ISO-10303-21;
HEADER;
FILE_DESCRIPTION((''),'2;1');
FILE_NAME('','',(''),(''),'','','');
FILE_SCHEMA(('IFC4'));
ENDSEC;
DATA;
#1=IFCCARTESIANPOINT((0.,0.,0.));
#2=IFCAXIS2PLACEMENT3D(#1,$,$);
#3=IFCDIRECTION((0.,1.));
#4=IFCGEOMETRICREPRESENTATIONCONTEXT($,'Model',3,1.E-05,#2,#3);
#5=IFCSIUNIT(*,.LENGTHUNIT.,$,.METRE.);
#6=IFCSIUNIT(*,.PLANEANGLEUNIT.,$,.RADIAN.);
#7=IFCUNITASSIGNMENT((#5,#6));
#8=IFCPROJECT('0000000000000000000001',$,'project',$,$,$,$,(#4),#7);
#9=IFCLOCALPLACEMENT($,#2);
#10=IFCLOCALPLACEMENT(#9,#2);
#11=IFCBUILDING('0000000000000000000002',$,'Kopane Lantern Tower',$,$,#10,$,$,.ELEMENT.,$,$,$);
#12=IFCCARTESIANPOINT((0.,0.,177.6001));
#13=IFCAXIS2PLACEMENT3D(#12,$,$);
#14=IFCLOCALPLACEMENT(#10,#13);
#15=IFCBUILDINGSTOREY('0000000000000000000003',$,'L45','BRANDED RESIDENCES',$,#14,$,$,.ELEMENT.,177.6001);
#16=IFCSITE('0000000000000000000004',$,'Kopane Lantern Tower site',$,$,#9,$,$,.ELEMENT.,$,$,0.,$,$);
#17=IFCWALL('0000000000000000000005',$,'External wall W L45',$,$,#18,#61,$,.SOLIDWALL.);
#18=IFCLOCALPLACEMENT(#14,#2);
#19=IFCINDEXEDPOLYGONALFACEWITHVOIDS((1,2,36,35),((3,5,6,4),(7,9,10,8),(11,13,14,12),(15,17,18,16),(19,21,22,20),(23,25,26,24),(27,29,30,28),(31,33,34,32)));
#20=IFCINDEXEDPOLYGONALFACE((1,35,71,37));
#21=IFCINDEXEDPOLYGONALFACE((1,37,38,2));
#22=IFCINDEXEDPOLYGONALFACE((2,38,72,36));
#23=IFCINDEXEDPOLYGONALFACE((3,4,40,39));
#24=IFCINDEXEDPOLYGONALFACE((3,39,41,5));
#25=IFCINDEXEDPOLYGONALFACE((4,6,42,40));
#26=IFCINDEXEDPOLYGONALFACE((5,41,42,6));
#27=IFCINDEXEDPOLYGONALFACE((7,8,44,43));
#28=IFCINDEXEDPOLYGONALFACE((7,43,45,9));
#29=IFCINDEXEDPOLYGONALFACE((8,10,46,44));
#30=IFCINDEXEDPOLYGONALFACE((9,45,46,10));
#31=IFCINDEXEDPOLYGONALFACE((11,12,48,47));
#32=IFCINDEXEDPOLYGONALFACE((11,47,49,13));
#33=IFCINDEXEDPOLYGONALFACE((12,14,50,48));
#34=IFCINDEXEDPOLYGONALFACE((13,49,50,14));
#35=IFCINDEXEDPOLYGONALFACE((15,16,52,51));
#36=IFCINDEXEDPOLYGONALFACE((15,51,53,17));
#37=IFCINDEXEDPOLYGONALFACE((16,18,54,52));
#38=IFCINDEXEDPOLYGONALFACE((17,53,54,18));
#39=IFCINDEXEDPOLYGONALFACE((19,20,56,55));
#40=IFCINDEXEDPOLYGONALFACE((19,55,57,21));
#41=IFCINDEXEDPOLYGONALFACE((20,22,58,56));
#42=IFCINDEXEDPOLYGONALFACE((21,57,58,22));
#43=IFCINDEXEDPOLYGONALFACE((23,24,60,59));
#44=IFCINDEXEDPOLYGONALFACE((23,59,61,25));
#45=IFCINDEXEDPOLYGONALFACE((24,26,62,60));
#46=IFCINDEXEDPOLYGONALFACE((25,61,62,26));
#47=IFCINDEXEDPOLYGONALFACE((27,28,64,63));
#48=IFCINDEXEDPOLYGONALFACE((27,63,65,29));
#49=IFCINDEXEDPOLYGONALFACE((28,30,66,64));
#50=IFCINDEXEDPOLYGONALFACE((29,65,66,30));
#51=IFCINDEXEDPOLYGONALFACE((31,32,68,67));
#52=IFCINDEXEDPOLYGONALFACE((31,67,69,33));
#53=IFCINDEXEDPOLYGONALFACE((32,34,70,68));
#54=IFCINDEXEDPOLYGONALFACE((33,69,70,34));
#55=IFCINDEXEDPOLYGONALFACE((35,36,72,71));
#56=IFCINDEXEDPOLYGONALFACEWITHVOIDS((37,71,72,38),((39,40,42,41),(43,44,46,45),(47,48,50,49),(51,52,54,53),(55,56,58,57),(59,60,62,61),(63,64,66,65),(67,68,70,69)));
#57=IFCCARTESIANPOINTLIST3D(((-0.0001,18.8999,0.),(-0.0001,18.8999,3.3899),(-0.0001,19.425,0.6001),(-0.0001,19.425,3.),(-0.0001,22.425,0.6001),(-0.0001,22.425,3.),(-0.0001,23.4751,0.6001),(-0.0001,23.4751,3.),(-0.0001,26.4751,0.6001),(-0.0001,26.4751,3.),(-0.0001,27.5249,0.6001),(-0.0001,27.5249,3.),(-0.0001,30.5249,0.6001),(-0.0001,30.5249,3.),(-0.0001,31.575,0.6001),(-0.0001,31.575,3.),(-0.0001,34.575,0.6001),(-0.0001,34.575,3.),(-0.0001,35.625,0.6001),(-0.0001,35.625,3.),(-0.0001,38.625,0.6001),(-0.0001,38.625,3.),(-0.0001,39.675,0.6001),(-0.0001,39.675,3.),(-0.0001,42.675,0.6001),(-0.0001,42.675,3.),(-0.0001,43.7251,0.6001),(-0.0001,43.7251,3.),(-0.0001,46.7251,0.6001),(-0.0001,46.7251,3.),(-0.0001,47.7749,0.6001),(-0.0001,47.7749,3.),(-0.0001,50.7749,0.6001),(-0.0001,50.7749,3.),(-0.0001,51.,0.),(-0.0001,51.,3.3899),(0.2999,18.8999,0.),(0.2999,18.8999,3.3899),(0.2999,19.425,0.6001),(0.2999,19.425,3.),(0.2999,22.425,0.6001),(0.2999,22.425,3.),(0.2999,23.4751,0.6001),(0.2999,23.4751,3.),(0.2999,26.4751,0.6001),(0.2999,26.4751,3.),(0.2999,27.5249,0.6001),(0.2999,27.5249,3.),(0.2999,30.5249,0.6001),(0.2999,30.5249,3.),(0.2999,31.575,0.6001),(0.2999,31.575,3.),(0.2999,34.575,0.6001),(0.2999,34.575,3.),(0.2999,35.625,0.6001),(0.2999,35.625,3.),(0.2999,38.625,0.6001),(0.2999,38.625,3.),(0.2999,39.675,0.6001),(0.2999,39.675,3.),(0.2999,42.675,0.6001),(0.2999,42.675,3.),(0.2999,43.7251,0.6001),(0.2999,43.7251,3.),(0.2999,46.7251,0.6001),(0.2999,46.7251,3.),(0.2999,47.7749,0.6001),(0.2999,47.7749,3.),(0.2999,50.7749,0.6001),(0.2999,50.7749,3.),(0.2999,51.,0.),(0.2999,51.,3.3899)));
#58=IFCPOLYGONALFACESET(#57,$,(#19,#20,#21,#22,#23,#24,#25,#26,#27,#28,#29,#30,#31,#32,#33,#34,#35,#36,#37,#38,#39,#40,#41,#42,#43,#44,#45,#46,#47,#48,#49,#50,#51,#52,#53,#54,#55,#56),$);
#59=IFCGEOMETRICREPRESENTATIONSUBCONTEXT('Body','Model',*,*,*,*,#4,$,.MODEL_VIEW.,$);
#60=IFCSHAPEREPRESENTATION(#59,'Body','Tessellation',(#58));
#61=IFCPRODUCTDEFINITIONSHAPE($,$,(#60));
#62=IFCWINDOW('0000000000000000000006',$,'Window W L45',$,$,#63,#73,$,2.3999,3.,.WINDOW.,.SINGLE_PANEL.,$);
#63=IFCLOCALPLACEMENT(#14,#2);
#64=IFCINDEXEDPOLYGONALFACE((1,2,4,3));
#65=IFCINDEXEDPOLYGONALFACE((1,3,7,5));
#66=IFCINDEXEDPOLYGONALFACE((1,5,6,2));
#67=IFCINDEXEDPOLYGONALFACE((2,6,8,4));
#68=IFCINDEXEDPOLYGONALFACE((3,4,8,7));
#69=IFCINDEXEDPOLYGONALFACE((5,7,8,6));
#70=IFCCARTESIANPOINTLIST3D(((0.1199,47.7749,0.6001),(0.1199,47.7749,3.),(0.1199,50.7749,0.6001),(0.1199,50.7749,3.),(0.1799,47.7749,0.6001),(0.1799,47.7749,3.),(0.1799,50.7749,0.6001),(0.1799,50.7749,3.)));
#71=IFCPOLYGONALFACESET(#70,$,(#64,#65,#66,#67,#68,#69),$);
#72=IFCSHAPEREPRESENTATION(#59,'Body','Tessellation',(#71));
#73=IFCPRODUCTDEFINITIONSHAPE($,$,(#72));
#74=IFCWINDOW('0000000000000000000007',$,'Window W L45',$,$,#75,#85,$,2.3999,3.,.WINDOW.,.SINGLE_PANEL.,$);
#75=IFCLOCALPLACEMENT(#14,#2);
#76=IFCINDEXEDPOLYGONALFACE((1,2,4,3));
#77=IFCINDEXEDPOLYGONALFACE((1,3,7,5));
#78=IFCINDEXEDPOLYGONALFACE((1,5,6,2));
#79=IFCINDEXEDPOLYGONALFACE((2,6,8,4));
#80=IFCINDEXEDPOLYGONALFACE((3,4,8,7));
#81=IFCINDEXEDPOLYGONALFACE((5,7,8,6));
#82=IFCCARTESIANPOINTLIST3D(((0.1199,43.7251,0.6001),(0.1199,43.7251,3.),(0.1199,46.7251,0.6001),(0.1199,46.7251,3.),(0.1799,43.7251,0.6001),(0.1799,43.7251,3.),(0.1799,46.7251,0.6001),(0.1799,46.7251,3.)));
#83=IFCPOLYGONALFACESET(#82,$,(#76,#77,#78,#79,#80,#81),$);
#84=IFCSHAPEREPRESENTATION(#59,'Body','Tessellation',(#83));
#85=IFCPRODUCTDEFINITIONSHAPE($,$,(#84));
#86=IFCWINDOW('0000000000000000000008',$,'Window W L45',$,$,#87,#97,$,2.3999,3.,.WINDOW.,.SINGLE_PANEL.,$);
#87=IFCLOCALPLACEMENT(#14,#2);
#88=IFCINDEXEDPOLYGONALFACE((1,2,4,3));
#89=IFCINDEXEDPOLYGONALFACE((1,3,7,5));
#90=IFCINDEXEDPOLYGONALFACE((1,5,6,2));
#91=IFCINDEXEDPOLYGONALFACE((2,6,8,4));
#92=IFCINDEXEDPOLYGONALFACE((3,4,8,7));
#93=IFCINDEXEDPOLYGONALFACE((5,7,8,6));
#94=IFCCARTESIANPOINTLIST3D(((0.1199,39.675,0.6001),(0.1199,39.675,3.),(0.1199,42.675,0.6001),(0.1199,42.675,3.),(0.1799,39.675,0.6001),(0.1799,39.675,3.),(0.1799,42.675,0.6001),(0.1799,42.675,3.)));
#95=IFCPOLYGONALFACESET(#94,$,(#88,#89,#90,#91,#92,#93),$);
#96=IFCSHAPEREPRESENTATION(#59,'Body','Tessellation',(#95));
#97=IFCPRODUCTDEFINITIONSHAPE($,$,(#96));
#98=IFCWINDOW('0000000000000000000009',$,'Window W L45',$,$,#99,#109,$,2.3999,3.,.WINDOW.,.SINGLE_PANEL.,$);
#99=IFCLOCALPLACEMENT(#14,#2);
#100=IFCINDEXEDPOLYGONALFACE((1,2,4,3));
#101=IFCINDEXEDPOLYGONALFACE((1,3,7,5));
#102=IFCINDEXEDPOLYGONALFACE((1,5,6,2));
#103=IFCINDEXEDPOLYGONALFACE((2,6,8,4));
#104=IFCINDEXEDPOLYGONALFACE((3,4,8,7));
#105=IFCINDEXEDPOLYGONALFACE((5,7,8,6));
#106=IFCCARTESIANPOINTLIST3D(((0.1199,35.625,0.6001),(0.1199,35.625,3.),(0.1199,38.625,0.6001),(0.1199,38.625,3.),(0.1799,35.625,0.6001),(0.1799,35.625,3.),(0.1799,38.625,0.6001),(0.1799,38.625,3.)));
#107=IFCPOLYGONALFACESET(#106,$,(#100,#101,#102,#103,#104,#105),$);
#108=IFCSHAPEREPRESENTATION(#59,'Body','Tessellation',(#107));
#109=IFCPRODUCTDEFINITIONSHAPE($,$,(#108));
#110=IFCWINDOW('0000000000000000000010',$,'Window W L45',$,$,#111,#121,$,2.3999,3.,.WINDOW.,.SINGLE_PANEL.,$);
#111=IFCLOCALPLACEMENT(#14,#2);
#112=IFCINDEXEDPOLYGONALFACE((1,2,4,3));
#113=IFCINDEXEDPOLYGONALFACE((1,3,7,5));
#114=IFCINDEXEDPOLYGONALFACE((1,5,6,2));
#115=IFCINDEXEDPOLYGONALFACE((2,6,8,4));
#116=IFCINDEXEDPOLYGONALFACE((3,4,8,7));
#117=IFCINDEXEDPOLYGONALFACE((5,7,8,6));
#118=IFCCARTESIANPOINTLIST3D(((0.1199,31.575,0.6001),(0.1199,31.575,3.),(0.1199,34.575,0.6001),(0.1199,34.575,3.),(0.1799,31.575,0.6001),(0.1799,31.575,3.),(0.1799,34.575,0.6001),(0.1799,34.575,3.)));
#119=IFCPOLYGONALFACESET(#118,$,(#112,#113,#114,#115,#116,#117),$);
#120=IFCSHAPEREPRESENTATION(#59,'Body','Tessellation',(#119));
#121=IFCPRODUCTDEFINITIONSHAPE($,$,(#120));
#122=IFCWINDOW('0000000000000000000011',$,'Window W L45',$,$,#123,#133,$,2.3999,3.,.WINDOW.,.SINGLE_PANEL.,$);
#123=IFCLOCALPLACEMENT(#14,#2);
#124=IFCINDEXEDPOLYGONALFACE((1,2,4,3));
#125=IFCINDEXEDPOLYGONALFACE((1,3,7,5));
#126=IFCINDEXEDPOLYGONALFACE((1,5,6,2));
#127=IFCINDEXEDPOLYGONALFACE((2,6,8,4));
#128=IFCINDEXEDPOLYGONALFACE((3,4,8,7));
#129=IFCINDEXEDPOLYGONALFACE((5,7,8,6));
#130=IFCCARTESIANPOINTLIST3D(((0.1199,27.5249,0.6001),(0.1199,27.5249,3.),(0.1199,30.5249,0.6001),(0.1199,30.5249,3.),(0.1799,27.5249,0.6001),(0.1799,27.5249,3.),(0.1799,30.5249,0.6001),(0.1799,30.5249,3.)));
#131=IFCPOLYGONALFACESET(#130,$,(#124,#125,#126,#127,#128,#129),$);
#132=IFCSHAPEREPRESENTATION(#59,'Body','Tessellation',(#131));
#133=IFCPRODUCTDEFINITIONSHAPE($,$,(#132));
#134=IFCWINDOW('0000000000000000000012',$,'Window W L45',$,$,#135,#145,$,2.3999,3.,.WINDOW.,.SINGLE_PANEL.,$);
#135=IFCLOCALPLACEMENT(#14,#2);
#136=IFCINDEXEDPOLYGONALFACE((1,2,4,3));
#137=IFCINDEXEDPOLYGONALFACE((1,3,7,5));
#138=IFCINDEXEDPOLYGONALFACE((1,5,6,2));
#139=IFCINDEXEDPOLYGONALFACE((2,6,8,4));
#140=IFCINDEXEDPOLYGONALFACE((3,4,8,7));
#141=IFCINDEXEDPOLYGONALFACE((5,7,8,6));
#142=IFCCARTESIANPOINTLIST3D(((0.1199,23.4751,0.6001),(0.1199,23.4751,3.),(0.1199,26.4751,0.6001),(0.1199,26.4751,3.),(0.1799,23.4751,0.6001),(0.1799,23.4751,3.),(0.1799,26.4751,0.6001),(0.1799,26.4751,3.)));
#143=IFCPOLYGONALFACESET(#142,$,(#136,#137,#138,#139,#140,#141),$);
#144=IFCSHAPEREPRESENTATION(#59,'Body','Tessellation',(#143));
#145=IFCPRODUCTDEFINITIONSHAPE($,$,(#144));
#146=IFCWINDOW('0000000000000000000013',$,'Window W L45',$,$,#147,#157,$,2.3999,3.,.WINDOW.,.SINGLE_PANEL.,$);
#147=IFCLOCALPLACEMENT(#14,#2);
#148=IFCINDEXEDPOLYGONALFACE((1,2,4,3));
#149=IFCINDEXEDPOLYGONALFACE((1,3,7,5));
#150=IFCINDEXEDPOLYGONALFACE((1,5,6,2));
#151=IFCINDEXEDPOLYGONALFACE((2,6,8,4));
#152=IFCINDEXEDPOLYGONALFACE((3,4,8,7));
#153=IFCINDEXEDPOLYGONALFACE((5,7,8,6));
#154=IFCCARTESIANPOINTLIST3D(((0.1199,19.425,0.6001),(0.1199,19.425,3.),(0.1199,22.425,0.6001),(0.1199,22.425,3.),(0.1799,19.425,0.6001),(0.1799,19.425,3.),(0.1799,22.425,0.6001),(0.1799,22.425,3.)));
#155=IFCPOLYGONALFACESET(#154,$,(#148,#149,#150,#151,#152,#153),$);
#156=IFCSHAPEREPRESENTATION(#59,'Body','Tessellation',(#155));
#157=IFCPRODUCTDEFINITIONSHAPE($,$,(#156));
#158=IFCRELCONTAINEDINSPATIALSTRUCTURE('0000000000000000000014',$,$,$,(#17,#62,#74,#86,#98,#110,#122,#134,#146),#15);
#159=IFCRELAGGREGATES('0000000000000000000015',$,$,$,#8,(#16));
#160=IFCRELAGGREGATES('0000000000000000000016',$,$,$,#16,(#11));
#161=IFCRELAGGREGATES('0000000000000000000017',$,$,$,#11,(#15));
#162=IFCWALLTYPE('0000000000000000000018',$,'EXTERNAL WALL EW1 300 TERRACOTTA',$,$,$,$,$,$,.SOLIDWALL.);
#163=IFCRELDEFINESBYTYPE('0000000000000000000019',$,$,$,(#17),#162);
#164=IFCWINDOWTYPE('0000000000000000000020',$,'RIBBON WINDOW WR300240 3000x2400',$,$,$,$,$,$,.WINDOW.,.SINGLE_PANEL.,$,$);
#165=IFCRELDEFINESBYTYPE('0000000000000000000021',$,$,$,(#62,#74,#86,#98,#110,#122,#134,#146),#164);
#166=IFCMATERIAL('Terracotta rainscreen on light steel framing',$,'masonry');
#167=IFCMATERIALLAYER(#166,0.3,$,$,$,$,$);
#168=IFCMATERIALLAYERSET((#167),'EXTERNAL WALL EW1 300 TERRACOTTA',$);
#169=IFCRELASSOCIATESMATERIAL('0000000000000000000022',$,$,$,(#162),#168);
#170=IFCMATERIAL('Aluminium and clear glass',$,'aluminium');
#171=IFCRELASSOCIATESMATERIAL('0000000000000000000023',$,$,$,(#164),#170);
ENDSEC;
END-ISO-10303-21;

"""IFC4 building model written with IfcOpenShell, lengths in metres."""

from ifc_helpers import new_model, si_unit, direction, frame, frame_2d, origin, place, context, subcontext, project, spatial, rectangle, extrude, material, layer, layer_set, type_object, element, fill, save


model = new_model("IFC4")

# Units and contexts
model_context = context("Model", 3, precision=1e-05, world=origin(), true_north=direction((0.0, 1.0)))
body_context = subcontext(model_context, "Body", "Model", "MODEL_VIEW")
ifc_project = project(units=[si_unit("LENGTHUNIT", "METRE"), si_unit("PLANEANGLEUNIT", "RADIAN")], contexts=[model_context])

# Site, building, storey
site_placement = place(None, origin())
site = spatial("IfcSite", under=ifc_project, at=site_placement, Name="Kopane Lantern Tower site", CompositionType="ELEMENT", RefElevation=0.0)
building_placement = place(site_placement, origin())
building = spatial("IfcBuilding", under=site, at=building_placement, Name="Kopane Lantern Tower", CompositionType="ELEMENT")
storey_placement = place(building_placement, frame((0.0, 0.0, 177.6001)))
storey = spatial("IfcBuildingStorey", under=building, at=storey_placement, Name="L45", Description="BRANDED RESIDENCES", CompositionType="ELEMENT", Elevation=177.6001)

# Shared definitions
ifc_material_1 = material(Name="Terracotta rainscreen on light steel framing", Category="masonry")
ifc_layer = layer(ifc_material_1, 0.3)
ifc_layer_set = layer_set([ifc_layer], Name="EXTERNAL WALL EW1 300 TERRACOTTA")
wall_type = type_object("IfcWallType", Name="EXTERNAL WALL EW1 300 TERRACOTTA", PredefinedType="SOLIDWALL", material=ifc_layer_set)

# Wall, openings, windows
wall_1_placement = place(storey_placement, frame((0.1499, 51.0, 0.0), z_axis=(0.0, 0.0, 1.0), x_axis=(0.0, -1.0, 0.0)))
wall_1 = element("IfcWall", 1, at=wall_1_placement, inside=storey, type_object=wall_type, Name="External wall W L45", PredefinedType="SOLIDWALL", context=body_context, shape_type="SweptSolid", body=[
    extrude(rectangle(XDim=32.1001, YDim=0.3, at=frame_2d((16.05, 0.0))), origin(), (0.0, 0.0, 1.0), 3.3899),
])
opening_1_placement = place(wall_1_placement, frame((0.2251, 0.0, 0.6001)))
opening_1 = element("IfcOpeningElement", 2, at=opening_1_placement, cuts=wall_1, PredefinedType="OPENING", context=body_context, shape_type="SweptSolid", body=[
    extrude(rectangle(XDim=3.0, YDim=2.3999, at=frame_2d((1.5, 1.2))), frame((0.0, 0.1599, 0.0), z_axis=(0.0, -1.0, 0.0), x_axis=(1.0, 0.0, 0.0)), (0.0, 0.0, 1.0), 0.3201),
])
opening_2_placement = place(wall_1_placement, frame((4.2749, 0.0, 0.6001)))
opening_2 = element("IfcOpeningElement", 3, at=opening_2_placement, cuts=wall_1, PredefinedType="OPENING", context=body_context, shape_type="SweptSolid", body=[
    extrude(rectangle(XDim=3.0, YDim=2.3999, at=frame_2d((1.5, 1.2))), frame((0.0, 0.1599, 0.0), z_axis=(0.0, -1.0, 0.0), x_axis=(1.0, 0.0, 0.0)), (0.0, 0.0, 1.0), 0.3201),
])
opening_3_placement = place(wall_1_placement, frame((8.325, 0.0, 0.6001)))
opening_3 = element("IfcOpeningElement", 4, at=opening_3_placement, cuts=wall_1, PredefinedType="OPENING", context=body_context, shape_type="SweptSolid", body=[
    extrude(rectangle(XDim=3.0, YDim=2.3999, at=frame_2d((1.5, 1.2))), frame((0.0, 0.1599, 0.0), z_axis=(0.0, -1.0, 0.0), x_axis=(1.0, 0.0, 0.0)), (0.0, 0.0, 1.0), 0.3201),
])
opening_4_placement = place(wall_1_placement, frame((12.375, 0.0, 0.6001)))
opening_4 = element("IfcOpeningElement", 5, at=opening_4_placement, cuts=wall_1, PredefinedType="OPENING", context=body_context, shape_type="SweptSolid", body=[
    extrude(rectangle(XDim=3.0, YDim=2.3999, at=frame_2d((1.5, 1.2))), frame((0.0, 0.1599, 0.0), z_axis=(0.0, -1.0, 0.0), x_axis=(1.0, 0.0, 0.0)), (0.0, 0.0, 1.0), 0.3201),
])
opening_5_placement = place(wall_1_placement, frame((16.425, 0.0, 0.6001)))
opening_5 = element("IfcOpeningElement", 6, at=opening_5_placement, cuts=wall_1, PredefinedType="OPENING", context=body_context, shape_type="SweptSolid", body=[
    extrude(rectangle(XDim=3.0, YDim=2.3999, at=frame_2d((1.5, 1.2))), frame((0.0, 0.1599, 0.0), z_axis=(0.0, -1.0, 0.0), x_axis=(1.0, 0.0, 0.0)), (0.0, 0.0, 1.0), 0.3201),
])
opening_6_placement = place(wall_1_placement, frame((20.4751, 0.0, 0.6001)))
opening_6 = element("IfcOpeningElement", 7, at=opening_6_placement, cuts=wall_1, PredefinedType="OPENING", context=body_context, shape_type="SweptSolid", body=[
    extrude(rectangle(XDim=3.0, YDim=2.3999, at=frame_2d((1.5, 1.2))), frame((0.0, 0.1599, 0.0), z_axis=(0.0, -1.0, 0.0), x_axis=(1.0, 0.0, 0.0)), (0.0, 0.0, 1.0), 0.3201),
])
opening_7_placement = place(wall_1_placement, frame((24.5249, 0.0, 0.6001)))
opening_7 = element("IfcOpeningElement", 8, at=opening_7_placement, cuts=wall_1, PredefinedType="OPENING", context=body_context, shape_type="SweptSolid", body=[
    extrude(rectangle(XDim=3.0, YDim=2.3999, at=frame_2d((1.5, 1.2))), frame((0.0, 0.1599, 0.0), z_axis=(0.0, -1.0, 0.0), x_axis=(1.0, 0.0, 0.0)), (0.0, 0.0, 1.0), 0.3201),
])
opening_8_placement = place(wall_1_placement, frame((28.575, 0.0, 0.6001)))
opening_8 = element("IfcOpeningElement", 9, at=opening_8_placement, cuts=wall_1, PredefinedType="OPENING", context=body_context, shape_type="SweptSolid", body=[
    extrude(rectangle(XDim=3.0, YDim=2.3999, at=frame_2d((1.5, 1.2))), frame((0.0, 0.1599, 0.0), z_axis=(0.0, -1.0, 0.0), x_axis=(1.0, 0.0, 0.0)), (0.0, 0.0, 1.0), 0.3201),
])
ifc_material_2 = material(Name="Aluminium and clear glass", Category="aluminium")
window_type_1 = type_object("IfcWindowType", Name="RIBBON WINDOW WR300240 3000x2400", PartitioningType="SINGLE_PANEL", PredefinedType="WINDOW", material=ifc_material_2)
window_1_placement = place(opening_1_placement, origin())
window_1 = element("IfcWindow", 10, at=window_1_placement, inside=storey, type_object=window_type_1, Name="Window W L45", OverallHeight=2.3999, OverallWidth=3.0, PartitioningType="SINGLE_PANEL", PredefinedType="WINDOW", context=body_context, shape_type="SweptSolid", body=[
    extrude(rectangle(XDim=3.0, YDim=2.3999, at=frame_2d((1.5, 1.2))), frame((0.0, 0.03, 0.0), z_axis=(0.0, -1.0, 0.0), x_axis=(1.0, 0.0, 0.0)), (0.0, 0.0, 1.0), 0.0601),
])
fill(opening_1, window_1)
window_2_placement = place(opening_2_placement, origin())
window_2 = element("IfcWindow", 11, at=window_2_placement, inside=storey, type_object=window_type_1, Name="Window W L45", OverallHeight=2.3999, OverallWidth=3.0, PartitioningType="SINGLE_PANEL", PredefinedType="WINDOW", context=body_context, shape_type="SweptSolid", body=[
    extrude(rectangle(XDim=3.0, YDim=2.3999, at=frame_2d((1.5, 1.2))), frame((0.0, 0.03, 0.0), z_axis=(0.0, -1.0, 0.0), x_axis=(1.0, 0.0, 0.0)), (0.0, 0.0, 1.0), 0.0601),
])
fill(opening_2, window_2)
window_3_placement = place(opening_3_placement, origin())
window_3 = element("IfcWindow", 12, at=window_3_placement, inside=storey, type_object=window_type_1, Name="Window W L45", OverallHeight=2.3999, OverallWidth=3.0, PartitioningType="SINGLE_PANEL", PredefinedType="WINDOW", context=body_context, shape_type="SweptSolid", body=[
    extrude(rectangle(XDim=3.0, YDim=2.3999, at=frame_2d((1.5, 1.2))), frame((0.0, 0.03, 0.0), z_axis=(0.0, -1.0, 0.0), x_axis=(1.0, 0.0, 0.0)), (0.0, 0.0, 1.0), 0.0601),
])
fill(opening_3, window_3)
window_4_placement = place(opening_4_placement, origin())
window_4 = element("IfcWindow", 13, at=window_4_placement, inside=storey, type_object=window_type_1, Name="Window W L45", OverallHeight=2.3999, OverallWidth=3.0, PartitioningType="SINGLE_PANEL", PredefinedType="WINDOW", context=body_context, shape_type="SweptSolid", body=[
    extrude(rectangle(XDim=3.0, YDim=2.3999, at=frame_2d((1.5, 1.2))), frame((0.0, 0.03, 0.0), z_axis=(0.0, -1.0, 0.0), x_axis=(1.0, 0.0, 0.0)), (0.0, 0.0, 1.0), 0.0601),
])
fill(opening_4, window_4)
window_5_placement = place(opening_5_placement, origin())
window_5 = element("IfcWindow", 14, at=window_5_placement, inside=storey, type_object=window_type_1, Name="Window W L45", OverallHeight=2.3999, OverallWidth=3.0, PartitioningType="SINGLE_PANEL", PredefinedType="WINDOW", context=body_context, shape_type="SweptSolid", body=[
    extrude(rectangle(XDim=3.0, YDim=2.3999, at=frame_2d((1.5, 1.2))), frame((0.0, 0.03, 0.0), z_axis=(0.0, -1.0, 0.0), x_axis=(1.0, 0.0, 0.0)), (0.0, 0.0, 1.0), 0.0601),
])
fill(opening_5, window_5)
window_6_placement = place(opening_6_placement, origin())
window_6 = element("IfcWindow", 15, at=window_6_placement, inside=storey, type_object=window_type_1, Name="Window W L45", OverallHeight=2.3999, OverallWidth=3.0, PartitioningType="SINGLE_PANEL", PredefinedType="WINDOW", context=body_context, shape_type="SweptSolid", body=[
    extrude(rectangle(XDim=3.0, YDim=2.3999, at=frame_2d((1.5, 1.2))), frame((0.0, 0.03, 0.0), z_axis=(0.0, -1.0, 0.0), x_axis=(1.0, 0.0, 0.0)), (0.0, 0.0, 1.0), 0.0601),
])
fill(opening_6, window_6)
window_7_placement = place(opening_7_placement, origin())
window_7 = element("IfcWindow", 16, at=window_7_placement, inside=storey, type_object=window_type_1, Name="Window W L45", OverallHeight=2.3999, OverallWidth=3.0, PartitioningType="SINGLE_PANEL", PredefinedType="WINDOW", context=body_context, shape_type="SweptSolid", body=[
    extrude(rectangle(XDim=3.0, YDim=2.3999, at=frame_2d((1.5, 1.2))), frame((0.0, 0.03, 0.0), z_axis=(0.0, -1.0, 0.0), x_axis=(1.0, 0.0, 0.0)), (0.0, 0.0, 1.0), 0.0601),
])
fill(opening_7, window_7)
window_8_placement = place(opening_8_placement, origin())
window_8 = element("IfcWindow", 17, at=window_8_placement, inside=storey, type_object=window_type_1, Name="Window W L45", OverallHeight=2.3999, OverallWidth=3.0, PartitioningType="SINGLE_PANEL", PredefinedType="WINDOW", context=body_context, shape_type="SweptSolid", body=[
    extrude(rectangle(XDim=3.0, YDim=2.3999, at=frame_2d((1.5, 1.2))), frame((0.0, 0.03, 0.0), z_axis=(0.0, -1.0, 0.0), x_axis=(1.0, 0.0, 0.0)), (0.0, 0.0, 1.0), 0.0601),
])
fill(opening_8, window_8)

save(model, "model.ifc")
